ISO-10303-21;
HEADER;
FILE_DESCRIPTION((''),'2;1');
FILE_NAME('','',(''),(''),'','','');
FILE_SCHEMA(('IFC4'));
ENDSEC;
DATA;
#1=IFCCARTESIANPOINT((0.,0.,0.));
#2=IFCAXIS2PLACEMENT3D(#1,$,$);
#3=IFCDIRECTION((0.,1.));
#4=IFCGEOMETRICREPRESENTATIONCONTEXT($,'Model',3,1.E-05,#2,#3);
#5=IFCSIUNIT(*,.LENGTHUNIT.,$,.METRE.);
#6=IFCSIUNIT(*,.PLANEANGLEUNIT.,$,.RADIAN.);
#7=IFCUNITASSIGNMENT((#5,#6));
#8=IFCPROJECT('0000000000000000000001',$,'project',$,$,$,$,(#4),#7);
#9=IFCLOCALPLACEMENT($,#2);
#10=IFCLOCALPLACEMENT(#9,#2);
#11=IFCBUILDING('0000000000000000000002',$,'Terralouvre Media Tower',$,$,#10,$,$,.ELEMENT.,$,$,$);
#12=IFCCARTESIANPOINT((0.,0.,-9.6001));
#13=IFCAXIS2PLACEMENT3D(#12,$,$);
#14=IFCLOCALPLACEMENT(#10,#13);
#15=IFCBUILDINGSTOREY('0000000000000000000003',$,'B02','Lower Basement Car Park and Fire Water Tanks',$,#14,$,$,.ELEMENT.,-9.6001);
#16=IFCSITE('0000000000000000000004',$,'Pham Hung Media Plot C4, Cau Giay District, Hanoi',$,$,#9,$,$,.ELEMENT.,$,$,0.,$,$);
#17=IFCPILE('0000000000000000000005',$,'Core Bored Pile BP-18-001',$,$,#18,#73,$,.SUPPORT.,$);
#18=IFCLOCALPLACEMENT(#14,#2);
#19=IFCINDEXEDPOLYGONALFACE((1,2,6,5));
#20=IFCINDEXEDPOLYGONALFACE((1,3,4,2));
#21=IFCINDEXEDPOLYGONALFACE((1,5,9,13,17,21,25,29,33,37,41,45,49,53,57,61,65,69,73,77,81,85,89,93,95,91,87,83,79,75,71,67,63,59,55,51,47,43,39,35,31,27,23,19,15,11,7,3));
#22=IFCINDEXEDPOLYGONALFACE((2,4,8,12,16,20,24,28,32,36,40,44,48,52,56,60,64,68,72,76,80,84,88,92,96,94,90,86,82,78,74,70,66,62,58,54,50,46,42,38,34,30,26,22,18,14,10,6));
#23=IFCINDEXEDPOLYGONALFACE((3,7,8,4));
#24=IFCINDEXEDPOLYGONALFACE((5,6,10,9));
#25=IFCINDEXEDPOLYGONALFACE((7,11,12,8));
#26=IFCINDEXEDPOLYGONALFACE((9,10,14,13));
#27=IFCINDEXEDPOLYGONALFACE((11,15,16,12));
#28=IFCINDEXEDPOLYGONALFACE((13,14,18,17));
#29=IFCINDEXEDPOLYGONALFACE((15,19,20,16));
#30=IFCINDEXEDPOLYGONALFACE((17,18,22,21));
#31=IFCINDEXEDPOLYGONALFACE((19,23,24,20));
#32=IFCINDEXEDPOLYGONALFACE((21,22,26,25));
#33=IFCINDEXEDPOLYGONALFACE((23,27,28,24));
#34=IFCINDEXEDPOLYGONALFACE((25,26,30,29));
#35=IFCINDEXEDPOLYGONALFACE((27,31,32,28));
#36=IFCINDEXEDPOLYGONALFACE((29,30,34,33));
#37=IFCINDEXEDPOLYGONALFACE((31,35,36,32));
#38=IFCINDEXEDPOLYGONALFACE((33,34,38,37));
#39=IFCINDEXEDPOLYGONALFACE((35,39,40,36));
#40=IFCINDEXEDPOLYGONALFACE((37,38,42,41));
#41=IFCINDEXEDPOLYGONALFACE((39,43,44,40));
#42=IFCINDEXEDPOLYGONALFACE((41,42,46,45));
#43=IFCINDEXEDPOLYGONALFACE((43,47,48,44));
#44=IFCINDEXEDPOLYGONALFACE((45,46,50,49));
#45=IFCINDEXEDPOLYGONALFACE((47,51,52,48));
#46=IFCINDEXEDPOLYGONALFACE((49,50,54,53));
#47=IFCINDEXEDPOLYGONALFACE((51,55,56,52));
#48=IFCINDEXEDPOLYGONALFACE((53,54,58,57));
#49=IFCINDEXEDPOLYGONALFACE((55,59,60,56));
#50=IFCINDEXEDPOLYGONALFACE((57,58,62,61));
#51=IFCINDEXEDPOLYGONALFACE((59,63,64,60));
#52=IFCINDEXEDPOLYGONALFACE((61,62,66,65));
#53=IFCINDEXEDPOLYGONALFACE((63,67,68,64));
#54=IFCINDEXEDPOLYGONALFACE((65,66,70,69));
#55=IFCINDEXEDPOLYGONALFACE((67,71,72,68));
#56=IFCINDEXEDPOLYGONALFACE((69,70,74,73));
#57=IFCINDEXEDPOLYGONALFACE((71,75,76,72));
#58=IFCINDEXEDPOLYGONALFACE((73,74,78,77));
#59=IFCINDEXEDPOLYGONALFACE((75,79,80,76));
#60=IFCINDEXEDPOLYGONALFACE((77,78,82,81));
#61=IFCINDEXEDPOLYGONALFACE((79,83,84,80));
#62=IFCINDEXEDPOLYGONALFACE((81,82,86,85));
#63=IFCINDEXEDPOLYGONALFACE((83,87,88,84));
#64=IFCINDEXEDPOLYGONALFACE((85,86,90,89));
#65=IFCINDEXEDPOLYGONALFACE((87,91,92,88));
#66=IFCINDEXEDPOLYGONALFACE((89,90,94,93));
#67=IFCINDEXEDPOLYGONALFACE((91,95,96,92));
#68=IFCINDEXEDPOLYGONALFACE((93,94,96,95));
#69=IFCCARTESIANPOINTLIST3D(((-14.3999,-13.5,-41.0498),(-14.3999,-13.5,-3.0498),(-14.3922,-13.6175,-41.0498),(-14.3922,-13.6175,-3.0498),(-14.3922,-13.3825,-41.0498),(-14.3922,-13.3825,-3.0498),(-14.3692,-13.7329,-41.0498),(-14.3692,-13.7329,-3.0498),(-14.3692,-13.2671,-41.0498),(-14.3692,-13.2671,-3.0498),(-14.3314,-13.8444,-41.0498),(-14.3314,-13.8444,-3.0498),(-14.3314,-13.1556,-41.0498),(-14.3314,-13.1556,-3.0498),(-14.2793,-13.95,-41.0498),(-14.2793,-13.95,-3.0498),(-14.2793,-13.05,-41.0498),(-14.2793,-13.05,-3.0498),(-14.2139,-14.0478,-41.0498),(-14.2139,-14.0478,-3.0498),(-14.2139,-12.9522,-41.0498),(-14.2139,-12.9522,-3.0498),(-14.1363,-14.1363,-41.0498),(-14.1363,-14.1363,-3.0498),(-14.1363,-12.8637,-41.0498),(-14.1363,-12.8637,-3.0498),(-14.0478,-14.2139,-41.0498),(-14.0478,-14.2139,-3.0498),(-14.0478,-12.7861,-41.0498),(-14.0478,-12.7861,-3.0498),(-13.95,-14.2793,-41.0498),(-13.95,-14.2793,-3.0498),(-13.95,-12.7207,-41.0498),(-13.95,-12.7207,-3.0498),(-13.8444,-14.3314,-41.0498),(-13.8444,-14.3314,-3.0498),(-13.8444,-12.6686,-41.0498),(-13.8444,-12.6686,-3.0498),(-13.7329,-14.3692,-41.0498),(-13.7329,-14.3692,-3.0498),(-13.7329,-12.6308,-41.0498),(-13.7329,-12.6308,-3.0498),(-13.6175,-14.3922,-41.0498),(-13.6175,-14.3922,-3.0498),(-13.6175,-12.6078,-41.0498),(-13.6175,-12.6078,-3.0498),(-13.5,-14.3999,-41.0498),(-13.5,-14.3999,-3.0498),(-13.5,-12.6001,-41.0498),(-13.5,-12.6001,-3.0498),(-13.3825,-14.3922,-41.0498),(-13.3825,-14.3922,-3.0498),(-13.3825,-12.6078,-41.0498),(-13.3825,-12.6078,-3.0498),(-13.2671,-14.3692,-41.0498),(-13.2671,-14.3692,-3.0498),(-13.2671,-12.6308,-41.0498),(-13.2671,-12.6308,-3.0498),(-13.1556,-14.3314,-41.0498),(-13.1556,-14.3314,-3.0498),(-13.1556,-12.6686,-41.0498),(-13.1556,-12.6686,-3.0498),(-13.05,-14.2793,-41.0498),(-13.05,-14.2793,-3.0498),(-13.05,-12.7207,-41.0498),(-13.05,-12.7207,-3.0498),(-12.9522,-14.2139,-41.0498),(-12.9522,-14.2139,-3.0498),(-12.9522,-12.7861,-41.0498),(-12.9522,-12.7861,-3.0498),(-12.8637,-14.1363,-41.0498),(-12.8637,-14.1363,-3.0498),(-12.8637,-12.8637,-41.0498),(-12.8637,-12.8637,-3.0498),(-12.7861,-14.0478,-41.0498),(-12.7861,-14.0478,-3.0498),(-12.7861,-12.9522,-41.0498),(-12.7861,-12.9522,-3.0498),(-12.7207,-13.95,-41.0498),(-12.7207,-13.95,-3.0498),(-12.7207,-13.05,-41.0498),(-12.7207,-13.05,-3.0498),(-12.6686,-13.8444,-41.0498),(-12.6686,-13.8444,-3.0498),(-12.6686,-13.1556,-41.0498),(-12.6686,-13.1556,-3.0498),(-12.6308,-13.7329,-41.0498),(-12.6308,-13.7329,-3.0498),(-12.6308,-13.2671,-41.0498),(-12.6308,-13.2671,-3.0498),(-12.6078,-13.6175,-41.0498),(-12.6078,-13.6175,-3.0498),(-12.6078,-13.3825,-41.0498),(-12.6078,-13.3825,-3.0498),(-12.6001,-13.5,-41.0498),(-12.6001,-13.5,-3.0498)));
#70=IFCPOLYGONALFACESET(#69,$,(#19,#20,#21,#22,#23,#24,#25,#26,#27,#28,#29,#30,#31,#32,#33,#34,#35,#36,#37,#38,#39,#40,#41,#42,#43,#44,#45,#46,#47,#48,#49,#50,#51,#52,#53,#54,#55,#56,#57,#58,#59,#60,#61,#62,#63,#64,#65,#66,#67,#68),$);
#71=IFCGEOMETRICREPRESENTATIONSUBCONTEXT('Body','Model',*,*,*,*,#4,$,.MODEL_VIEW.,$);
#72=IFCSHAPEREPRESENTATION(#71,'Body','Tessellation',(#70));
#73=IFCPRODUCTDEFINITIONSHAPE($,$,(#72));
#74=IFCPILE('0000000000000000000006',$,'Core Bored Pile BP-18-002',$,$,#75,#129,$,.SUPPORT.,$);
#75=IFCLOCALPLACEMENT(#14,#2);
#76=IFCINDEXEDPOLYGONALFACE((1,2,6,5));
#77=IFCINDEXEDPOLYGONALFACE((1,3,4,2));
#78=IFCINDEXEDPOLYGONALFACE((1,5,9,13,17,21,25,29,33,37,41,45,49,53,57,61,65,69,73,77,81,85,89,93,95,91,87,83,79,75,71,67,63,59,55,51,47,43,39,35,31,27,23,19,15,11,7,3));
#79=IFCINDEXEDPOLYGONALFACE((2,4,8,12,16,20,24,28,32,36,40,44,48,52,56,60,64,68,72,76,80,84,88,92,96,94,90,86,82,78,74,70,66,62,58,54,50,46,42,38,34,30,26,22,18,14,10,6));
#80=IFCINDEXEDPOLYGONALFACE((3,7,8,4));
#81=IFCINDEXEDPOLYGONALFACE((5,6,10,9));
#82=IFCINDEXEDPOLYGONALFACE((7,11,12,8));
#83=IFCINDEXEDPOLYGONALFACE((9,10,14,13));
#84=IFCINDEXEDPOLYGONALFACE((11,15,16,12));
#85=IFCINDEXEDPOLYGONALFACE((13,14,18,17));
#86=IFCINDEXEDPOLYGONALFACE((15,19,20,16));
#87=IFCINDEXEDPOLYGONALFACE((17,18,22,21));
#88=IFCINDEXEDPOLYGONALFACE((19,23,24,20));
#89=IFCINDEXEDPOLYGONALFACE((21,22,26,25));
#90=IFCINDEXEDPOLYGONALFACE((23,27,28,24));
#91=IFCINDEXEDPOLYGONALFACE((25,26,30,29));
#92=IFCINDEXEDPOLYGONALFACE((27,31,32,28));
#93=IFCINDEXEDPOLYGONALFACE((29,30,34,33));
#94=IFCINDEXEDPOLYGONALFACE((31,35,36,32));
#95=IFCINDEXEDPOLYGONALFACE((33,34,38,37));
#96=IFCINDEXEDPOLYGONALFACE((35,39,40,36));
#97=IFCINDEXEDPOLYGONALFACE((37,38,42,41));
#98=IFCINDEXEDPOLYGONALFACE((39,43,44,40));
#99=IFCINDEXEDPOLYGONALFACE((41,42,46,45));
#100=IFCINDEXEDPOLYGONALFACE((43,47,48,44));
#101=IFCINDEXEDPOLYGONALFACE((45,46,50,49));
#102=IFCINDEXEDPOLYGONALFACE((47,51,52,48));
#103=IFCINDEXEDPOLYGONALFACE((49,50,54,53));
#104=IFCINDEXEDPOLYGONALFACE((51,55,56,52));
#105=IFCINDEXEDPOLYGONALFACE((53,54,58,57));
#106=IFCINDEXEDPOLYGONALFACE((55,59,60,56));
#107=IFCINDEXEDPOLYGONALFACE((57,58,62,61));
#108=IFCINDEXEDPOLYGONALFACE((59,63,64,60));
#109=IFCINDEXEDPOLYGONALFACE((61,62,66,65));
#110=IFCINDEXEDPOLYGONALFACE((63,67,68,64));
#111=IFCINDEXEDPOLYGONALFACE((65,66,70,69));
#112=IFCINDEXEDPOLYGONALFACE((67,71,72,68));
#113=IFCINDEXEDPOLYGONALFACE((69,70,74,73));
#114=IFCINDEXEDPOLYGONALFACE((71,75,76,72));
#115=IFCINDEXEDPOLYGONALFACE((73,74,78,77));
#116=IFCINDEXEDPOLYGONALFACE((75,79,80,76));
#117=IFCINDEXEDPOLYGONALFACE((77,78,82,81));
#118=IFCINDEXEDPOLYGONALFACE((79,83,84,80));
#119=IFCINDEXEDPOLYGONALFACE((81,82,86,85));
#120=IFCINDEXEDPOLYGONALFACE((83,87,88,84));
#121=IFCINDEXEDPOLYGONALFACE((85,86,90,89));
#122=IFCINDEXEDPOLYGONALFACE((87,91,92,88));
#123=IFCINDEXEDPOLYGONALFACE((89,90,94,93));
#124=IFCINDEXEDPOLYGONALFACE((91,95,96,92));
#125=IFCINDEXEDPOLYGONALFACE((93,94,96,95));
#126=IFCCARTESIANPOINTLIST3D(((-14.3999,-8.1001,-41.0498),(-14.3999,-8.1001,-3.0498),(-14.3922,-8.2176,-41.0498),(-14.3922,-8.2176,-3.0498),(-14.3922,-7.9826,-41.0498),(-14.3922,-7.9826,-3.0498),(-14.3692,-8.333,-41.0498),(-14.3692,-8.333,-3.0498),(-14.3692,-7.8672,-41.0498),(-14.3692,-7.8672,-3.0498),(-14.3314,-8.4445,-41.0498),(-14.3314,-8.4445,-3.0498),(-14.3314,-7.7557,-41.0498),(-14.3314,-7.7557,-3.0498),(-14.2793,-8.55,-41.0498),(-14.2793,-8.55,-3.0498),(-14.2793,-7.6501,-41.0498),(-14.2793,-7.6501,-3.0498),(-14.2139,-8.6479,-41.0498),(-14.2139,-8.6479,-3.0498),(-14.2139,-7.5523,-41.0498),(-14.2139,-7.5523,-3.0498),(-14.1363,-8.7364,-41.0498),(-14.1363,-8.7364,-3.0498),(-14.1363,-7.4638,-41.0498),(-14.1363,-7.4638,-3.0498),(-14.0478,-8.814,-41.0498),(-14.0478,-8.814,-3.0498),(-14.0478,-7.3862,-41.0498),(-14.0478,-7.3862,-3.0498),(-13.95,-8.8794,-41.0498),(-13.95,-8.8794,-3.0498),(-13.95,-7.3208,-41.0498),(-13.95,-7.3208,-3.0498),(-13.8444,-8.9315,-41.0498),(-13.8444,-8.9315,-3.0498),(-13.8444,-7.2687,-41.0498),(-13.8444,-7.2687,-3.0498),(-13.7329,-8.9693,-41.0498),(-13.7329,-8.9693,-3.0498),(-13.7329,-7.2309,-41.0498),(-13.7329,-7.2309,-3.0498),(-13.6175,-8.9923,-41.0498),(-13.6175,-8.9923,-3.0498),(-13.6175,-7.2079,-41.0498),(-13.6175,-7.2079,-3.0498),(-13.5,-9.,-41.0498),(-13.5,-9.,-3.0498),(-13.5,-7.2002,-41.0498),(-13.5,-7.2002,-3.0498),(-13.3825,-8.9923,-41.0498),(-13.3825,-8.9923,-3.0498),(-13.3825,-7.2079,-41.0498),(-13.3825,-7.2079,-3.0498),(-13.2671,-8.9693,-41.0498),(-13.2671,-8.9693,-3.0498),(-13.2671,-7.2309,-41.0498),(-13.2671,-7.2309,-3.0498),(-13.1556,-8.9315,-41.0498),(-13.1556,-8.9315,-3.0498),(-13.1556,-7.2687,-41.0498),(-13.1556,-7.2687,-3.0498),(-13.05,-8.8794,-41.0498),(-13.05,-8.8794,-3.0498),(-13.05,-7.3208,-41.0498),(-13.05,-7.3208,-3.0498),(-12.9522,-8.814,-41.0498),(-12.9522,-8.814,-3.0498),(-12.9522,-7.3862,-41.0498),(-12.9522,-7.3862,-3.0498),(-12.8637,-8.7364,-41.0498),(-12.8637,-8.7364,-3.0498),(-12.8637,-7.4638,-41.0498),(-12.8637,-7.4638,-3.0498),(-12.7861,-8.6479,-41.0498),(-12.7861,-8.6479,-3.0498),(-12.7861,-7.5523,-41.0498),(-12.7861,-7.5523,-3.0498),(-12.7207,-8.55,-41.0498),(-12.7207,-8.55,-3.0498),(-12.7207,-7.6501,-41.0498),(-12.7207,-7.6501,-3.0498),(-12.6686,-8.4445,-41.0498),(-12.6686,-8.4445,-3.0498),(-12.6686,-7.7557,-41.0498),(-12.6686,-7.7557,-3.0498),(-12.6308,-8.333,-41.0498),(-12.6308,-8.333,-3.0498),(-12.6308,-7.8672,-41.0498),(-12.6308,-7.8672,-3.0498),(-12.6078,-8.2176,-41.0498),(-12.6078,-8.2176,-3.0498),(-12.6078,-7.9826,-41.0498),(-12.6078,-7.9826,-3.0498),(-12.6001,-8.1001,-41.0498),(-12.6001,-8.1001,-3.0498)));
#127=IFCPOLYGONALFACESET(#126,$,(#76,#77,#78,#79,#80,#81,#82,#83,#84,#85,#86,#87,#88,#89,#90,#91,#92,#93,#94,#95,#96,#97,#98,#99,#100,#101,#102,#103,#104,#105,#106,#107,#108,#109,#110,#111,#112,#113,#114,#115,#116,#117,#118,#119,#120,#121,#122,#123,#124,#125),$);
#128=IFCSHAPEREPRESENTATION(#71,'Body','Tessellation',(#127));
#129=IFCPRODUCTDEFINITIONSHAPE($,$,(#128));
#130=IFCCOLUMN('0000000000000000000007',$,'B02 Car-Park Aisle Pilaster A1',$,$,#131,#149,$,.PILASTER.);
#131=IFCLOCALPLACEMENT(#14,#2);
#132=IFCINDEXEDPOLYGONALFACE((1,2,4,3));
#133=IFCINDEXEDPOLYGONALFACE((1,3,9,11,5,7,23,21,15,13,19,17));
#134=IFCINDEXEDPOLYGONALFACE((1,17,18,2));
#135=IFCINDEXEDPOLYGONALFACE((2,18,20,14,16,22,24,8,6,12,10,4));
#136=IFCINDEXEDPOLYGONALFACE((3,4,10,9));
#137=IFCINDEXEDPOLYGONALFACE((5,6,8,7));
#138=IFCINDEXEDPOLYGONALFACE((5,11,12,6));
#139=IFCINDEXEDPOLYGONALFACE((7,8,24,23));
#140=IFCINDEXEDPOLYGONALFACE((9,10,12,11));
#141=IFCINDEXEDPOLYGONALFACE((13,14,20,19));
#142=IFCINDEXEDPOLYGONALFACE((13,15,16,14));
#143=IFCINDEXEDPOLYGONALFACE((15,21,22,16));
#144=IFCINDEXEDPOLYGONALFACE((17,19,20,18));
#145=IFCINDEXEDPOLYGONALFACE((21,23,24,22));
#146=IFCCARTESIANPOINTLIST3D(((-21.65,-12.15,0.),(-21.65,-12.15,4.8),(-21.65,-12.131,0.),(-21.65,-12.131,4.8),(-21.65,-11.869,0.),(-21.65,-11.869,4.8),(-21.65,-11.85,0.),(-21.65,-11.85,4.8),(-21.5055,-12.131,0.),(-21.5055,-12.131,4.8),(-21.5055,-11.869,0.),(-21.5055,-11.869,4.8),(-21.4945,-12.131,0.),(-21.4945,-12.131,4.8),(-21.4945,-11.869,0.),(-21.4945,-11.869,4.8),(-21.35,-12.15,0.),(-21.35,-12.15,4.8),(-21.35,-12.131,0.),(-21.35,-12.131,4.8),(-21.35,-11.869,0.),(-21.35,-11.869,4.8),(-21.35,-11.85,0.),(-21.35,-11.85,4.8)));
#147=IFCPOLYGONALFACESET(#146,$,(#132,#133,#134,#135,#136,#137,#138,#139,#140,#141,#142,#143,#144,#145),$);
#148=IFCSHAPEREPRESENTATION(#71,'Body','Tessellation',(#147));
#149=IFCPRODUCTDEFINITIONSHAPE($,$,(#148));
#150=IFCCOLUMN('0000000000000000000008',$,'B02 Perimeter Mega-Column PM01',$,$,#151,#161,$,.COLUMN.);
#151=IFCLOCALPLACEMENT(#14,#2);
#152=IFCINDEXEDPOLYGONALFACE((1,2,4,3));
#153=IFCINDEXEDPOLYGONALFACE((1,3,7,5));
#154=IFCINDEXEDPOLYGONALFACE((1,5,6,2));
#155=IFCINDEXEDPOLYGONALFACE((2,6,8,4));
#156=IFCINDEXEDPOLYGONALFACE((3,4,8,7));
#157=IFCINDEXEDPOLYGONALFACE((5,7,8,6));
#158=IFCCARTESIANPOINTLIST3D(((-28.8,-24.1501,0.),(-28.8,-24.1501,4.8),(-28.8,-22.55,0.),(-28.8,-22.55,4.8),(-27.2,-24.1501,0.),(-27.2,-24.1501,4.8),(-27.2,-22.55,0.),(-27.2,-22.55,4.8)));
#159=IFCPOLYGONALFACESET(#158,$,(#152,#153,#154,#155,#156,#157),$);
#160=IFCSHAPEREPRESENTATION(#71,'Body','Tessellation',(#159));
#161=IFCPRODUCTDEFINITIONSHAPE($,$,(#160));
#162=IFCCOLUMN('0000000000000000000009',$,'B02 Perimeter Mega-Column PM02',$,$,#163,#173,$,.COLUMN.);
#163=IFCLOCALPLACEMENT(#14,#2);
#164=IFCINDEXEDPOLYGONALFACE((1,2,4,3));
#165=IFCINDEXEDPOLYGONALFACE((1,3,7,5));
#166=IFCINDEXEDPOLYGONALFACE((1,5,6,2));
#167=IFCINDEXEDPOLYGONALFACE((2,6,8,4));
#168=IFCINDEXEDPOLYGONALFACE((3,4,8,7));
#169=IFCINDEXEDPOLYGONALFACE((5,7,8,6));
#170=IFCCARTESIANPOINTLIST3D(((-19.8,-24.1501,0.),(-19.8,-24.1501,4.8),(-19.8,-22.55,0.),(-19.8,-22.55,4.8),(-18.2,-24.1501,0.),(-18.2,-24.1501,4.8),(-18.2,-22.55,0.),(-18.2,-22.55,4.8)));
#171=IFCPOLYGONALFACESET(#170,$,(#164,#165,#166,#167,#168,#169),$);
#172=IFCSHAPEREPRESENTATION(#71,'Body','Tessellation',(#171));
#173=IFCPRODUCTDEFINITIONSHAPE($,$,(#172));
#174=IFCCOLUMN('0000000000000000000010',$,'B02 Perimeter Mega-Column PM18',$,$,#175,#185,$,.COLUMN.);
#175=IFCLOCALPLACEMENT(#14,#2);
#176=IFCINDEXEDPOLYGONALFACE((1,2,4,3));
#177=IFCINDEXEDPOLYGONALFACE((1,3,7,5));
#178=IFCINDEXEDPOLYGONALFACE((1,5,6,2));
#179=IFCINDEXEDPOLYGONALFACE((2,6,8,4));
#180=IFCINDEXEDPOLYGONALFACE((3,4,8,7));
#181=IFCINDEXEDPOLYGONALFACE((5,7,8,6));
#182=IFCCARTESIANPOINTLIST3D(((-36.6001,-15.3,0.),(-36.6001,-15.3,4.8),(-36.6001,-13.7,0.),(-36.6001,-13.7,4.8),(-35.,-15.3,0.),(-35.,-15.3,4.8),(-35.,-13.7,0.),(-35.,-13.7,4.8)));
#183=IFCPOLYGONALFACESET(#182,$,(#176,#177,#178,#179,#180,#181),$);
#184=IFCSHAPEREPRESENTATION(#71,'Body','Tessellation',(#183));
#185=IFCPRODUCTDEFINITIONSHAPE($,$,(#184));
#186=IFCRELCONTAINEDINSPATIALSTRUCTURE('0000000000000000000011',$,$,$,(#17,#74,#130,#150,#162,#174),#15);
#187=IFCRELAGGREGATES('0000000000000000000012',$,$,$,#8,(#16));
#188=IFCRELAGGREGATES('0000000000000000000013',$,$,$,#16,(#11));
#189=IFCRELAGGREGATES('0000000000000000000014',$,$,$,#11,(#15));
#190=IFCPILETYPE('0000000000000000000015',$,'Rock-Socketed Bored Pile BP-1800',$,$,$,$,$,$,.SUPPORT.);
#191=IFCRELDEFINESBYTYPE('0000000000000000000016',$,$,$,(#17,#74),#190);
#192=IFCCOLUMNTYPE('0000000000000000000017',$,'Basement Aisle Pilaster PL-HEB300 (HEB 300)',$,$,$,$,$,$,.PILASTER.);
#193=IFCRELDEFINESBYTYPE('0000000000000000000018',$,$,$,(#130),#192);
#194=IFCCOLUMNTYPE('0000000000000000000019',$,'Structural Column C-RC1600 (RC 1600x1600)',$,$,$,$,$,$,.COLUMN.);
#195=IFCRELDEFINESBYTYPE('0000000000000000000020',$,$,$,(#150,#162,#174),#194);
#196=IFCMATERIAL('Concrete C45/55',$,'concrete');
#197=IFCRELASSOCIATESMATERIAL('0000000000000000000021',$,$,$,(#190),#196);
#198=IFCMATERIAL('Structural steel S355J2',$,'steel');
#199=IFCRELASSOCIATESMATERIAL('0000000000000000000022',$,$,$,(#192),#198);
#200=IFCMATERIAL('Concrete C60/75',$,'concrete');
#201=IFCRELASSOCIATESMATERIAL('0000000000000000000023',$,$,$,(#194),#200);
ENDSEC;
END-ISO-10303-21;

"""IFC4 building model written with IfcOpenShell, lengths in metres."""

from ifc_helpers import new_model, si_unit, direction, frame, origin, origin_2d, place, context, subcontext, project, spatial, rectangle, circle, i_section, extrude, material, material_profile, profile_set, type_object, element, save


model = new_model("IFC4")

# Units and contexts
model_context = context("Model", 3, precision=1e-05, world=origin(), true_north=direction((0.0, 1.0)))
body_context = subcontext(model_context, "Body", "Model", "MODEL_VIEW")
ifc_project = project(units=[si_unit("LENGTHUNIT", "METRE"), si_unit("PLANEANGLEUNIT", "RADIAN")], contexts=[model_context])

# Site, building, storey
site_placement = place(None, origin())
site = spatial("IfcSite", under=ifc_project, at=site_placement, Name="Pham Hung Media Plot C4, Cau Giay District, Hanoi", CompositionType="ELEMENT", RefElevation=0.0)
building_placement = place(site_placement, origin())
building = spatial("IfcBuilding", under=site, at=building_placement, Name="Terralouvre Media Tower", CompositionType="ELEMENT")
storey_placement = place(building_placement, frame((0.0, 0.0, -9.6001)))
storey = spatial("IfcBuildingStorey", under=building, at=storey_placement, Name="B02", Description="Lower Basement Car Park and Fire Water Tanks", CompositionType="ELEMENT", Elevation=-9.6001)

# Piles
ifc_material_1 = material(Name="Concrete C45/55", Category="concrete")
ifc_material_profile_1 = material_profile(ifc_material_1, circle(Radius=0.8999, at=origin_2d()), Name="BORED PILE 1800")
ifc_profile_set_1 = profile_set([ifc_material_profile_1], Name="Concrete C45/55")
pile_type_1 = type_object("IfcPileType", Name="Rock-Socketed Bored Pile BP-1800", PredefinedType="SUPPORT", material=ifc_profile_set_1)
for number, where, z_axis, x_axis, name in (
    (1, (-13.5, -13.5, -3.0498), (0.0, 0.0, -1.0), (1.0, 0.0, 0.0), "Core Bored Pile BP-18-001"),
    (2, (-13.5, -8.1001, -3.0498), (0.0, 0.0, -1.0), (1.0, 0.0, 0.0), "Core Bored Pile BP-18-002"),
):
    element("IfcPile", number, at=place(storey_placement, frame(where, z_axis=z_axis, x_axis=x_axis)), inside=storey, type_object=pile_type_1, Name=name, PredefinedType="SUPPORT", context=body_context, shape_type="SweptSolid", body=[
        extrude(circle(Radius=0.8999, at=origin_2d()), origin(), (0.0, 0.0, 1.0), 38.0),
    ])

# Columns
ifc_material_2 = material(Name="Structural steel S355J2", Category="steel")
ifc_material_profile_2 = material_profile(ifc_material_2, i_section(OverallWidth=0.3, OverallDepth=0.3, WebThickness=0.011, FlangeThickness=0.019, at=origin_2d()), Name="HEB 300")
ifc_profile_set_2 = profile_set([ifc_material_profile_2], Name="Structural steel S355J2")
column_type_1 = type_object("IfcColumnType", Name="Basement Aisle Pilaster PL-HEB300 (HEB 300)", PredefinedType="PILASTER", material=ifc_profile_set_2)
column_placement = place(storey_placement, frame((-21.5, -12.0, 0.0), z_axis=(0.0, 0.0, 1.0), x_axis=(1.0, 0.0, 0.0)))
element("IfcColumn", 3, at=column_placement, inside=storey, type_object=column_type_1, Name="B02 Car-Park Aisle Pilaster A1", PredefinedType="PILASTER", context=body_context, shape_type="SweptSolid", body=[
    extrude(i_section(OverallWidth=0.3, OverallDepth=0.3, WebThickness=0.011, FlangeThickness=0.019, at=origin_2d()), origin(), (0.0, 0.0, 1.0), 4.8),
])
ifc_material_3 = material(Name="Concrete C60/75", Category="concrete")
ifc_material_profile_3 = material_profile(ifc_material_3, rectangle(XDim=1.6001, YDim=1.6001, at=origin_2d()), Name="RC 1600x1600")
ifc_profile_set_3 = profile_set([ifc_material_profile_3], Name="Concrete C60/75")
column_type_2 = type_object("IfcColumnType", Name="Structural Column C-RC1600 (RC 1600x1600)", PredefinedType="COLUMN", material=ifc_profile_set_3)
for number, where, z_axis, x_axis, name in (
    (4, (-28.0, -23.3501, 0.0), (0.0, 0.0, 1.0), (1.0, 0.0, 0.0), "B02 Perimeter Mega-Column PM01"),
    (5, (-19.0, -23.3501, 0.0), (0.0, 0.0, 1.0), (1.0, 0.0, 0.0), "B02 Perimeter Mega-Column PM02"),
    (6, (-35.8, -14.5, 0.0), (0.0, 0.0, 1.0), (1.0, 0.0, 0.0), "B02 Perimeter Mega-Column PM18"),
):
    element("IfcColumn", number, at=place(storey_placement, frame(where, z_axis=z_axis, x_axis=x_axis)), inside=storey, type_object=column_type_2, Name=name, PredefinedType="COLUMN", context=body_context, shape_type="SweptSolid", body=[
        extrude(rectangle(XDim=1.6001, YDim=1.6001, at=origin_2d()), origin(), (0.0, 0.0, 1.0), 4.8),
    ])

save(model, "model.ifc")
